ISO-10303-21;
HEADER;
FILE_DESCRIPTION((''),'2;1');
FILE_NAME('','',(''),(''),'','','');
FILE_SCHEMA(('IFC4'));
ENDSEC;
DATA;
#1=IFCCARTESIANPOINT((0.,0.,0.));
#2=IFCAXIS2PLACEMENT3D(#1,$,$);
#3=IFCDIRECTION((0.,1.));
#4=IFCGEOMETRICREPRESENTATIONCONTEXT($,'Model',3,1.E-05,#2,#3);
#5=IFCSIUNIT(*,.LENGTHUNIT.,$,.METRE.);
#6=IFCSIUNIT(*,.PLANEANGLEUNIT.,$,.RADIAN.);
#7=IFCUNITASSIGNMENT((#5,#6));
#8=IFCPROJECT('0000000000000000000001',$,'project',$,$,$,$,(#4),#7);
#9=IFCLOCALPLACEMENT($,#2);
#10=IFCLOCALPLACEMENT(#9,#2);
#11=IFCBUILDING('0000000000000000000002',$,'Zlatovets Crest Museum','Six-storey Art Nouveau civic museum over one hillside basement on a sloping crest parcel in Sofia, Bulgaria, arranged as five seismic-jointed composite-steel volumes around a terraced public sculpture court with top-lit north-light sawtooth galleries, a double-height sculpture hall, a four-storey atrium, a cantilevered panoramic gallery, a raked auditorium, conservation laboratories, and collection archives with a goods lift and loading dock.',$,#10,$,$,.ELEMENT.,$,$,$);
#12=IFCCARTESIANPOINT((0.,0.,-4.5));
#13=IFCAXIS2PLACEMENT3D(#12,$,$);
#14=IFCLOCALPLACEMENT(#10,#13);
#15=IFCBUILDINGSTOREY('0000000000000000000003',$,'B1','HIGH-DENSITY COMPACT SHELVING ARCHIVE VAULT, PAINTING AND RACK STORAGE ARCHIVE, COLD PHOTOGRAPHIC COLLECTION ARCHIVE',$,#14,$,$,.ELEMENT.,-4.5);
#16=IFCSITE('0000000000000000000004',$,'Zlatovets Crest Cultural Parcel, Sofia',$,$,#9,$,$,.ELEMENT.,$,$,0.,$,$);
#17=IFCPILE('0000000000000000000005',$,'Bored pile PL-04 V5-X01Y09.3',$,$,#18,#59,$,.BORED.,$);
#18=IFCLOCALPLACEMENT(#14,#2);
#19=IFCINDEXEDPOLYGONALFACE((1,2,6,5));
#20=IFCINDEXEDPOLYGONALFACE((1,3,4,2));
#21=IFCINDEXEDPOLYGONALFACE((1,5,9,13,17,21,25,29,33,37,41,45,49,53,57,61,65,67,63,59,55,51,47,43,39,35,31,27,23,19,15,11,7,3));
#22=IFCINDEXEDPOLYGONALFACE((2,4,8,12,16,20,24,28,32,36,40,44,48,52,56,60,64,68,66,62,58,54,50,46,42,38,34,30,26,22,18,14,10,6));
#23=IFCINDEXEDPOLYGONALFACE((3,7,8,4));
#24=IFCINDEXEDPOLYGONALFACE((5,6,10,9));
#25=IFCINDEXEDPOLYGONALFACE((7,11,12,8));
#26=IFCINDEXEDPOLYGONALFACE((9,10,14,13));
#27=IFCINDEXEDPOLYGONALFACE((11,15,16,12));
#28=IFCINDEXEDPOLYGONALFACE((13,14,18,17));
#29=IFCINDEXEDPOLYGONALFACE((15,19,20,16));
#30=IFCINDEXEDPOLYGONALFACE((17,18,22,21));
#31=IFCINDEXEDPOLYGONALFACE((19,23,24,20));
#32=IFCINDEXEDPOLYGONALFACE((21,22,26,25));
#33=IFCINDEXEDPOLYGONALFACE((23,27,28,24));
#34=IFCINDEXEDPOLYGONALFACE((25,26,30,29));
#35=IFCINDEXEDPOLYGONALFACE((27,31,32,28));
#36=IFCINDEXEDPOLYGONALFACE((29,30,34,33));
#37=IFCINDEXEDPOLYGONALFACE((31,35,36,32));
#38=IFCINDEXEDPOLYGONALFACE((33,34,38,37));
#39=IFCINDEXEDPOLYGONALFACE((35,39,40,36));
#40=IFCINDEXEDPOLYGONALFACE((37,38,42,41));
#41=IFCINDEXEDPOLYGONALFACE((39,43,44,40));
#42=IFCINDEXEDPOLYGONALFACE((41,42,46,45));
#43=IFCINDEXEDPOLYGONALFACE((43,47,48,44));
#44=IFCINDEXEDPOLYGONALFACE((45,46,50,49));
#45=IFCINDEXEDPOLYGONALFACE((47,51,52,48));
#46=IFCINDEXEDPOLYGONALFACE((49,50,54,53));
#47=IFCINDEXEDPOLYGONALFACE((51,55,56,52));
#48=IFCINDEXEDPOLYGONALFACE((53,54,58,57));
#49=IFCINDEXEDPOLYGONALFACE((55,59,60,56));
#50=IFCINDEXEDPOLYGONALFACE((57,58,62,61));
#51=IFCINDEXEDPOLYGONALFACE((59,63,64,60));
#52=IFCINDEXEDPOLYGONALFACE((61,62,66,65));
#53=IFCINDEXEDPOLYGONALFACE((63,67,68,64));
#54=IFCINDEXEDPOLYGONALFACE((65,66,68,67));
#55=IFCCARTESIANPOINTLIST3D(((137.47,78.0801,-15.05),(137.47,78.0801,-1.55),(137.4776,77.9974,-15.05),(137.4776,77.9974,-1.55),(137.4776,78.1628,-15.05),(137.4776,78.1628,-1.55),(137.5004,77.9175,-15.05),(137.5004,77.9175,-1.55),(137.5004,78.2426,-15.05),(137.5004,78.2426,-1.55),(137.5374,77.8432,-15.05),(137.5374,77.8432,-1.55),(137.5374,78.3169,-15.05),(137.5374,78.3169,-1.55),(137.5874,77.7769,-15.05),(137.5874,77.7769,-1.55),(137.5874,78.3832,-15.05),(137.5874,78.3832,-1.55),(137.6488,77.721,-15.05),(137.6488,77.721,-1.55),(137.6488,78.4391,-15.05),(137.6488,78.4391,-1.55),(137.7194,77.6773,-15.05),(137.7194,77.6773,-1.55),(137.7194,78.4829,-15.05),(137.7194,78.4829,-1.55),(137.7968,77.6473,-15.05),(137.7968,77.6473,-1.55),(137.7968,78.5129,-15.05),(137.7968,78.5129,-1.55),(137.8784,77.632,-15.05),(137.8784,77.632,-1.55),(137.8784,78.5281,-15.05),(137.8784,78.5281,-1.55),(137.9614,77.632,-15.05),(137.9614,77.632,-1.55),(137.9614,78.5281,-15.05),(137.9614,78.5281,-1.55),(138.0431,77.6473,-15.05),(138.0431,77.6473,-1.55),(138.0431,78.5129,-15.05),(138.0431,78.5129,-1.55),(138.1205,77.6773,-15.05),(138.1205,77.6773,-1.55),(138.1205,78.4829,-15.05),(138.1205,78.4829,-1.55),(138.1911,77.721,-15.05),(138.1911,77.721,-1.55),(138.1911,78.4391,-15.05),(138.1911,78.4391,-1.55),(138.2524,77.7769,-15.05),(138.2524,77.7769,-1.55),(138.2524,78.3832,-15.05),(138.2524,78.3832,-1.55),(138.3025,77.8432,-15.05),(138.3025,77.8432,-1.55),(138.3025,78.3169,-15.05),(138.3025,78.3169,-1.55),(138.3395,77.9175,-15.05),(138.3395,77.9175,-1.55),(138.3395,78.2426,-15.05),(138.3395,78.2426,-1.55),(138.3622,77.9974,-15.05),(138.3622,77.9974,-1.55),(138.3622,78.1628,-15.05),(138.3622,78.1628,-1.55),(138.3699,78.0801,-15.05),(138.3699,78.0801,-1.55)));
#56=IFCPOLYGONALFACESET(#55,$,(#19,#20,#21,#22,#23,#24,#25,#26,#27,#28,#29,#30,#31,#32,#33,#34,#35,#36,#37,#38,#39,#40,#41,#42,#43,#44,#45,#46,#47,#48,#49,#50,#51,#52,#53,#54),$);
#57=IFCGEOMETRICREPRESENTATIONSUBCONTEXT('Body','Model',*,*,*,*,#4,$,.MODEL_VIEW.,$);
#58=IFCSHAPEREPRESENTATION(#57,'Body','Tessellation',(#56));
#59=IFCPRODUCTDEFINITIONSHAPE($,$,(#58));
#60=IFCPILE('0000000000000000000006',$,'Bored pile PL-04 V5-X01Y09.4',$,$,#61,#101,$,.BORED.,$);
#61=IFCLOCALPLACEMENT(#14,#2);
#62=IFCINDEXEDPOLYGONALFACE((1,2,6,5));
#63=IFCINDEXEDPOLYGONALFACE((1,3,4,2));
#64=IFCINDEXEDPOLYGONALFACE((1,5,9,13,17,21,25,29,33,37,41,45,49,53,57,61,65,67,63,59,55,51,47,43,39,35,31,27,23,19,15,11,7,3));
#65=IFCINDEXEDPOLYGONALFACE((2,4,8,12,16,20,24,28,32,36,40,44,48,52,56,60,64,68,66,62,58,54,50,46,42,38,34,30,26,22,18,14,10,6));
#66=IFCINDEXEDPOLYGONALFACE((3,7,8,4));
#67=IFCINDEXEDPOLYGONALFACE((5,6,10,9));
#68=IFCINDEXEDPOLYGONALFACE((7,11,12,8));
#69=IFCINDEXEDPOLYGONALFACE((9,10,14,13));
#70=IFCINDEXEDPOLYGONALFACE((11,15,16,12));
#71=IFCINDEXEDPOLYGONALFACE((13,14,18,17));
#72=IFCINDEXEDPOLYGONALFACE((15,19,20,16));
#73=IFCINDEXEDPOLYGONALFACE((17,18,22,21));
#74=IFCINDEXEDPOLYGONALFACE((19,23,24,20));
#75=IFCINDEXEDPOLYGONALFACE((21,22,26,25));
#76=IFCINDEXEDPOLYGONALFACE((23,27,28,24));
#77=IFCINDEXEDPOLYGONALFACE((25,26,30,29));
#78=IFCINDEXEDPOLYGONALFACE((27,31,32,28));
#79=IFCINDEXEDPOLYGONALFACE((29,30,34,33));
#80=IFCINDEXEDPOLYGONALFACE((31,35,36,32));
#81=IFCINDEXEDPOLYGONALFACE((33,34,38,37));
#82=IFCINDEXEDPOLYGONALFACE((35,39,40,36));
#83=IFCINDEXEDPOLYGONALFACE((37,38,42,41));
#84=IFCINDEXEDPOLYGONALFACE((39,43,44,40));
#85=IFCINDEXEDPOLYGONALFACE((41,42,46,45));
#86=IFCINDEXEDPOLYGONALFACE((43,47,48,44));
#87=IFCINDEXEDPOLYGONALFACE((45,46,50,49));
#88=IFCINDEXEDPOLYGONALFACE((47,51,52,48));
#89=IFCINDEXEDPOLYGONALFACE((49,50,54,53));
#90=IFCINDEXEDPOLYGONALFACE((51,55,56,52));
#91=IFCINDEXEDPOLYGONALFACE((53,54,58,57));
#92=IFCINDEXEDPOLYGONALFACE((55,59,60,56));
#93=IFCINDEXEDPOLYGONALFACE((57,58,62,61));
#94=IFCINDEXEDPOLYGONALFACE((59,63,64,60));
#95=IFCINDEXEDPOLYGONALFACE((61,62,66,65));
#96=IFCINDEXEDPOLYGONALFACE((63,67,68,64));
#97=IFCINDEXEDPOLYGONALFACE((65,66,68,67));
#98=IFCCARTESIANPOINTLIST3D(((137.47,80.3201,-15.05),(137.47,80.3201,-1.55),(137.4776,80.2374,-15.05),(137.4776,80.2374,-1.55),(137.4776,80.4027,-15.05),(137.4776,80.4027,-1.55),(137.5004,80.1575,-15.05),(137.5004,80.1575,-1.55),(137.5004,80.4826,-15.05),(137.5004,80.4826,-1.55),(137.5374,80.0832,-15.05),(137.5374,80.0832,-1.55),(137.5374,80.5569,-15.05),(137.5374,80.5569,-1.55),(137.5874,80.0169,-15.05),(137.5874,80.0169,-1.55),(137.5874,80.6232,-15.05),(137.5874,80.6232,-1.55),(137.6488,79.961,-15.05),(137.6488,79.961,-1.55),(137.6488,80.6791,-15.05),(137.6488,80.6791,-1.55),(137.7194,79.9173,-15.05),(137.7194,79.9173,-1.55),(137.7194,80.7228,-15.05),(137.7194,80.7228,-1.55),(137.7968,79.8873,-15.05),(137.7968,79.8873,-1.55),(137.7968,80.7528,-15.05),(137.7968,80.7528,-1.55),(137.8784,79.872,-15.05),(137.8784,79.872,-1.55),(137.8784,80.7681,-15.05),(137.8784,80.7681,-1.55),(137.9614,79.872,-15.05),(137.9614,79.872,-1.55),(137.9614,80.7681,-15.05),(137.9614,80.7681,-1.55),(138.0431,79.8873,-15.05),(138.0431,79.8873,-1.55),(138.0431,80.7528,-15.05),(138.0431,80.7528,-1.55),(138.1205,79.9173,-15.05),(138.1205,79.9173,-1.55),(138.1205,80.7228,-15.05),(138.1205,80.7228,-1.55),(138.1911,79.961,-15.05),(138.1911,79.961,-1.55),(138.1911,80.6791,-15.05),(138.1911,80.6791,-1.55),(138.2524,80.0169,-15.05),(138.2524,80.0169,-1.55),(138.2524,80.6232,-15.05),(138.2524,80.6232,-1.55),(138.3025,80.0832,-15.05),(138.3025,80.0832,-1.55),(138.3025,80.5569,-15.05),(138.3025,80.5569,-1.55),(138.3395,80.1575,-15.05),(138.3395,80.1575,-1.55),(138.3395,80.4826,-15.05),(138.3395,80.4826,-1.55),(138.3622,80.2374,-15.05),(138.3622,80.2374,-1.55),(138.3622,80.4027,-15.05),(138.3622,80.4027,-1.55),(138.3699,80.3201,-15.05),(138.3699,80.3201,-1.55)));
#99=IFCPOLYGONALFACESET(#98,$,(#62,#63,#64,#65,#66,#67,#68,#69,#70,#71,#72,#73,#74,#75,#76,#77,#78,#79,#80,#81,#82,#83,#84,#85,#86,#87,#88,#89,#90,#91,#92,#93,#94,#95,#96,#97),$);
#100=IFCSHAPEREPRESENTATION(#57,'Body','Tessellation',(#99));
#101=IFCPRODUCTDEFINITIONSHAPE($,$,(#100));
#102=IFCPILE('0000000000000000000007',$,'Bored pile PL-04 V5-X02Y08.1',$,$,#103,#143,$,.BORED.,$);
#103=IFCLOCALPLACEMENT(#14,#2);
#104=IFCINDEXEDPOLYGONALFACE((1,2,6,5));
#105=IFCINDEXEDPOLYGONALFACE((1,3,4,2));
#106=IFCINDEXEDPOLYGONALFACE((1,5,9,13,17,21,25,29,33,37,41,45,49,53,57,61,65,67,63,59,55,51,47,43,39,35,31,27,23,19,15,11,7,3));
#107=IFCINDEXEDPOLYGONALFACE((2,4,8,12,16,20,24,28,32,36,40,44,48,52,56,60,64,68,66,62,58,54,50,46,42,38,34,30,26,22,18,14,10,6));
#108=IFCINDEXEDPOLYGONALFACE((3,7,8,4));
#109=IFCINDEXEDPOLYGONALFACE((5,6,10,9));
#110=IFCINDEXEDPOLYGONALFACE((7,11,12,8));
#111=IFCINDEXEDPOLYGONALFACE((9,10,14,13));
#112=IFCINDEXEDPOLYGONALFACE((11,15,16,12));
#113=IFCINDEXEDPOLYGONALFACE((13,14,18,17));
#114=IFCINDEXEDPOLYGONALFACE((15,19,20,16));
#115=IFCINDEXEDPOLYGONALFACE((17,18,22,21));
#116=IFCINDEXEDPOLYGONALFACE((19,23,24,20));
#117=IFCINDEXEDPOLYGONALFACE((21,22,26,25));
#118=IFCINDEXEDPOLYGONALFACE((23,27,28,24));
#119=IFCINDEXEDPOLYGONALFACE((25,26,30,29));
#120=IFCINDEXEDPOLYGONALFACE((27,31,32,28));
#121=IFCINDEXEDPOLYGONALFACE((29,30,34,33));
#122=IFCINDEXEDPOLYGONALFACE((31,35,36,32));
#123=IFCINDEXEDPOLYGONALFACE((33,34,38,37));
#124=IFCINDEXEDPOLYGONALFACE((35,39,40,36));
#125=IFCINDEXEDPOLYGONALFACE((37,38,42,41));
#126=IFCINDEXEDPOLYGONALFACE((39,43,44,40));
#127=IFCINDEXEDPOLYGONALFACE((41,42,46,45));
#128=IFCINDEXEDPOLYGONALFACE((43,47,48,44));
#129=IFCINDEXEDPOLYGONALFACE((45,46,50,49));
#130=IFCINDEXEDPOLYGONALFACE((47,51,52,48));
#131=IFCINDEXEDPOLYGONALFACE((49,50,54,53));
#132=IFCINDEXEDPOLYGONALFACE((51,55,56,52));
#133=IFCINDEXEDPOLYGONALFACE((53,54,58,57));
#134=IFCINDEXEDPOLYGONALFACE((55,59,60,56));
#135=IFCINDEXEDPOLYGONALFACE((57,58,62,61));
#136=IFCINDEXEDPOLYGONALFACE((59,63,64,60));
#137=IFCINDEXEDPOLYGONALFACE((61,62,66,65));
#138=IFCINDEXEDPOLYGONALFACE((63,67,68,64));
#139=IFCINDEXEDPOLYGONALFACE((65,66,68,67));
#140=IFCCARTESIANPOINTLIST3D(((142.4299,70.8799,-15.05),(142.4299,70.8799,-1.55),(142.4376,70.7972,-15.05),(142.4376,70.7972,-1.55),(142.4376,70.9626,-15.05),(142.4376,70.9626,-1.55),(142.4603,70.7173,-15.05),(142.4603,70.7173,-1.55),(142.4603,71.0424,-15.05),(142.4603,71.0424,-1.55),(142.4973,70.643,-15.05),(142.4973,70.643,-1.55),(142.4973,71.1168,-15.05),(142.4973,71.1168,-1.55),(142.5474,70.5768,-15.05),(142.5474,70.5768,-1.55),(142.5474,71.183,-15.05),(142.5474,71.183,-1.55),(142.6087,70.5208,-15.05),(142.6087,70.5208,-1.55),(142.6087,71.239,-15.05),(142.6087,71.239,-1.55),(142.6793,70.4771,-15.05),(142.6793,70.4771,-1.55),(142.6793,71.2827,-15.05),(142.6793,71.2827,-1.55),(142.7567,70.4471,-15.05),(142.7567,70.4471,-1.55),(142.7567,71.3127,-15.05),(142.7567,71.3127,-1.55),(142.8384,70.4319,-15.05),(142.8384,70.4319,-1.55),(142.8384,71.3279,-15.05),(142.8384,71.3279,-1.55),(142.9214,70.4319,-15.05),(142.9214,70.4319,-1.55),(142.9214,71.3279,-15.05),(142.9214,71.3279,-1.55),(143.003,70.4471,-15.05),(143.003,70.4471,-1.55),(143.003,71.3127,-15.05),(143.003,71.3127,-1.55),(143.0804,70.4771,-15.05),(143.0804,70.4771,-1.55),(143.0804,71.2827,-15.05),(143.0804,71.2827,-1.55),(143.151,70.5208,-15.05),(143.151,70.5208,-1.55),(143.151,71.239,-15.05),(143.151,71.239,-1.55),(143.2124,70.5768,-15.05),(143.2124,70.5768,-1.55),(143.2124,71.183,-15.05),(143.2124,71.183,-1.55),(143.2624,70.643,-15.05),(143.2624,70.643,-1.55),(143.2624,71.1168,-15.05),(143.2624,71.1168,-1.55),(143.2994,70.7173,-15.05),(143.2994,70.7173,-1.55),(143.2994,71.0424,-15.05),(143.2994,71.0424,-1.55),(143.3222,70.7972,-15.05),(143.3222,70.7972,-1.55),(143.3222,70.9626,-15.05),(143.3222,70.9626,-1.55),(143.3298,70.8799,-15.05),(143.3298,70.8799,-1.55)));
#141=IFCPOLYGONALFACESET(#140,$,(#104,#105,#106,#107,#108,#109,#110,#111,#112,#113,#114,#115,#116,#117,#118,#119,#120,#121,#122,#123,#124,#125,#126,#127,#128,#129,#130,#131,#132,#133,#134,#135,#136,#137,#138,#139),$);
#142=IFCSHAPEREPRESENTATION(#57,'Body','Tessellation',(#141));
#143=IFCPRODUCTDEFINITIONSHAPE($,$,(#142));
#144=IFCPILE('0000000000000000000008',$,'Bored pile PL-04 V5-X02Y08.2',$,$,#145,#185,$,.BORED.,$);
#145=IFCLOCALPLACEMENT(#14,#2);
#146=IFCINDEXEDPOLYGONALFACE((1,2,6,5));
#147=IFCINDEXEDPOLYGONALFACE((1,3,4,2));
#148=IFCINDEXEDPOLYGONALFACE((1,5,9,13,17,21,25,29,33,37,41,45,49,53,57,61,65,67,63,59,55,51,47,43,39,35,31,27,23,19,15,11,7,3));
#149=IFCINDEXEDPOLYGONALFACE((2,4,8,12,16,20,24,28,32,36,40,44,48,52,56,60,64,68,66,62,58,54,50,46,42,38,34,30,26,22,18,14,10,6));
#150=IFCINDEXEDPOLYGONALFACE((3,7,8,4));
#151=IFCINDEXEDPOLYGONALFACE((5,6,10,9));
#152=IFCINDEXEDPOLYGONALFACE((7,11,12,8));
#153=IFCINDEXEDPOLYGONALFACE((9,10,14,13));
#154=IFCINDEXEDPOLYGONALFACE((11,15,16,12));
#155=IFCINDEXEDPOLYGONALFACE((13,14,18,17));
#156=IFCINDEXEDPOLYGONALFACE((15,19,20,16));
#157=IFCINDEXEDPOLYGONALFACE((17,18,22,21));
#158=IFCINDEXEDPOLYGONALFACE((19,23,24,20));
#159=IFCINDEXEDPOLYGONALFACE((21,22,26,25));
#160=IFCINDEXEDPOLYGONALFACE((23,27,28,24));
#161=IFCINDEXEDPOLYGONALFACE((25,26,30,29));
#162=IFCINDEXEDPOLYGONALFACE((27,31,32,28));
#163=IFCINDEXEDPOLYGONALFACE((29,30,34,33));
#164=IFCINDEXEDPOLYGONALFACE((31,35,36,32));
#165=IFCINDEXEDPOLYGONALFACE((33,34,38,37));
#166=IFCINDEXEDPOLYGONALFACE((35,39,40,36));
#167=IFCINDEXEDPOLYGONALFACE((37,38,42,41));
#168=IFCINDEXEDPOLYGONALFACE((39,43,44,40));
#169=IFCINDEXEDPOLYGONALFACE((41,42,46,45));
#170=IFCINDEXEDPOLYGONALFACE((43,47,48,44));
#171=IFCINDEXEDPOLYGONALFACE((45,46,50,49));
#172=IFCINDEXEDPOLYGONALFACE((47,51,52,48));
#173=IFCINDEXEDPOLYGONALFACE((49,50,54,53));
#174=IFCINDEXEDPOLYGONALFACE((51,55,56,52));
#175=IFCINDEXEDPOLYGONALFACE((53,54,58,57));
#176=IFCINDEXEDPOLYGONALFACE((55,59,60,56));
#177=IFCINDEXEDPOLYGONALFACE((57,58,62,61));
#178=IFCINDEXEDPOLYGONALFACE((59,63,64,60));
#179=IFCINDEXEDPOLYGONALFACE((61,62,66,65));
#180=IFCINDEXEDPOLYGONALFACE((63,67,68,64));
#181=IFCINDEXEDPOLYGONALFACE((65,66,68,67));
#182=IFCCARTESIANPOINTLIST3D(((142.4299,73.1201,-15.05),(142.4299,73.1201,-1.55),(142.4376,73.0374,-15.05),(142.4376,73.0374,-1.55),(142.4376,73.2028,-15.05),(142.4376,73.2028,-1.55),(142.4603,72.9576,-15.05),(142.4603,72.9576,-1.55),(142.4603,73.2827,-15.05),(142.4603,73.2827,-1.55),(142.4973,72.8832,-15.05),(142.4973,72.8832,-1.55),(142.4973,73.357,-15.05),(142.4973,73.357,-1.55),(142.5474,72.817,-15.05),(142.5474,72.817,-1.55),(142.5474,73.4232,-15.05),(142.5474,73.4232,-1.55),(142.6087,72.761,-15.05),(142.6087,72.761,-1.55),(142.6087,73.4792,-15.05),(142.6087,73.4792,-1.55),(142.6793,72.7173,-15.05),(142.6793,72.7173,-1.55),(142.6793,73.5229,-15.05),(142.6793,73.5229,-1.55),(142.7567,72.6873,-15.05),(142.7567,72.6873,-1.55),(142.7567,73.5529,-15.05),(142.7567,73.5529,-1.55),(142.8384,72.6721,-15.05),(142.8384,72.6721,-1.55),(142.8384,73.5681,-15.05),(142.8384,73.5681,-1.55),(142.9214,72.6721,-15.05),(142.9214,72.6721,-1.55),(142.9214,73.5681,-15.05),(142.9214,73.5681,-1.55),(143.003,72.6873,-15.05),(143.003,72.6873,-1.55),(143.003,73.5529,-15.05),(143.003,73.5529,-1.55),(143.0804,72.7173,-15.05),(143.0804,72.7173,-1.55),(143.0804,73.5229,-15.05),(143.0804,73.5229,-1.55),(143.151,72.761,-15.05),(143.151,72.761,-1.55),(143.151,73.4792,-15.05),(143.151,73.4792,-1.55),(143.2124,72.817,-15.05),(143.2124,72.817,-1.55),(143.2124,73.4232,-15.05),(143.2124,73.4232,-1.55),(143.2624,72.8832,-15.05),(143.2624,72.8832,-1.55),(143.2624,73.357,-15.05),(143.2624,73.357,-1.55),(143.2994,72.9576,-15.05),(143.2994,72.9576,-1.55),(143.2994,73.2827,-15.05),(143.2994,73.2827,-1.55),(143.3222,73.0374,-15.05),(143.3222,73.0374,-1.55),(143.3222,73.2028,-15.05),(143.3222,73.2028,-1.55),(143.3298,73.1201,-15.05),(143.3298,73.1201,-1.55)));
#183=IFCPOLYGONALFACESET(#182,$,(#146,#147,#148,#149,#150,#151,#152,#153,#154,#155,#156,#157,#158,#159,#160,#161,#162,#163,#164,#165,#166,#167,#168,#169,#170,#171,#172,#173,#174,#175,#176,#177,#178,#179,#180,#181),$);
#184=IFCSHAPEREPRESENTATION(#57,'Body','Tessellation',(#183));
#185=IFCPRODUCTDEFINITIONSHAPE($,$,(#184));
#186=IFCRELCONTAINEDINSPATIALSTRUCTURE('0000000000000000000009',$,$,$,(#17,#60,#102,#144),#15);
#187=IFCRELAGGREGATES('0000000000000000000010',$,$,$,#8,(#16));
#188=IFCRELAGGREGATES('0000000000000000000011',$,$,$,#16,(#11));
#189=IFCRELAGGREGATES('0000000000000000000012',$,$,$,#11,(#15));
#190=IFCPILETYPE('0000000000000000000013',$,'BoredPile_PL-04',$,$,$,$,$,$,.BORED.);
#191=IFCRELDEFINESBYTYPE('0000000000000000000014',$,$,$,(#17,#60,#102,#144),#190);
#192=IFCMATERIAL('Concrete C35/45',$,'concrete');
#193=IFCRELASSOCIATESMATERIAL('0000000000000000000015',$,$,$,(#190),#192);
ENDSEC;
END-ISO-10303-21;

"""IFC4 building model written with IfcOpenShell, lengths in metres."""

from ifc_helpers import new_model, si_unit, direction, frame, origin, origin_2d, place, context, subcontext, project, spatial, circle, extrude, material, material_profile, profile_set, type_object, element, save


model = new_model("IFC4")

# Units and contexts
model_context = context("Model", 3, precision=1e-05, world=origin(), true_north=direction((0.0, 1.0)))
body_context = subcontext(model_context, "Body", "Model", "MODEL_VIEW")
ifc_project = project(units=[si_unit("LENGTHUNIT", "METRE"), si_unit("PLANEANGLEUNIT", "RADIAN")], contexts=[model_context])

# Site, building, storey
site_placement = place(None, origin())
site = spatial("IfcSite", under=ifc_project, at=site_placement, Name="Zlatovets Crest Cultural Parcel, Sofia", CompositionType="ELEMENT", RefElevation=0.0)
building_placement = place(site_placement, origin())
building = spatial("IfcBuilding", under=site, at=building_placement, Name="Zlatovets Crest Museum", Description="Six-storey Art Nouveau civic museum over one hillside basement on a sloping crest parcel in Sofia, Bulgaria, arranged as five seismic-jointed composite-steel volumes around a terraced public sculpture court with top-lit north-light sawtooth galleries, a double-height sculpture hall, a four-storey atrium, a cantilevered panoramic gallery, a raked auditorium, conservation laboratories, and collection archives with a goods lift and loading dock.", CompositionType="ELEMENT")
storey_placement = place(building_placement, frame((0.0, 0.0, -4.5)))
storey = spatial("IfcBuildingStorey", under=building, at=storey_placement, Name="B1", Description="HIGH-DENSITY COMPACT SHELVING ARCHIVE VAULT, PAINTING AND RACK STORAGE ARCHIVE, COLD PHOTOGRAPHIC COLLECTION ARCHIVE", CompositionType="ELEMENT", Elevation=-4.5)

# Piles
ifc_material_1 = material(Name="Concrete C35/45", Category="concrete")
ifc_material_profile_1 = material_profile(ifc_material_1, circle(Radius=0.45, at=origin_2d()), Name="PILE D900")
ifc_profile_set_1 = profile_set([ifc_material_profile_1], Name="Concrete C35/45")
pile_type = type_object("IfcPileType", Name="BoredPile_PL-04", PredefinedType="BORED", material=ifc_profile_set_1)
for number, where, z_axis, x_axis, name in (
    (1, (137.9199, 78.0801, -1.55), (0.0, 0.0, -1.0), (1.0, 0.0, 0.0), "Bored pile PL-04 V5-X01Y09.3"),
    (2, (137.9199, 80.3201, -1.55), (0.0, 0.0, -1.0), (1.0, 0.0, 0.0), "Bored pile PL-04 V5-X01Y09.4"),
    (3, (142.8799, 70.8799, -1.55), (0.0, 0.0, -1.0), (1.0, 0.0, 0.0), "Bored pile PL-04 V5-X02Y08.1"),
    (4, (142.8799, 73.1201, -1.55), (0.0, 0.0, -1.0), (1.0, 0.0, 0.0), "Bored pile PL-04 V5-X02Y08.2"),
):
    element("IfcPile", number, at=place(storey_placement, frame(where, z_axis=z_axis, x_axis=x_axis)), inside=storey, type_object=pile_type, Name=name, PredefinedType="BORED", context=body_context, shape_type="SweptSolid", body=[
        extrude(circle(Radius=0.45, at=origin_2d()), origin(), (0.0, 0.0, 1.0), 13.5),
    ])

save(model, "model.ifc")
